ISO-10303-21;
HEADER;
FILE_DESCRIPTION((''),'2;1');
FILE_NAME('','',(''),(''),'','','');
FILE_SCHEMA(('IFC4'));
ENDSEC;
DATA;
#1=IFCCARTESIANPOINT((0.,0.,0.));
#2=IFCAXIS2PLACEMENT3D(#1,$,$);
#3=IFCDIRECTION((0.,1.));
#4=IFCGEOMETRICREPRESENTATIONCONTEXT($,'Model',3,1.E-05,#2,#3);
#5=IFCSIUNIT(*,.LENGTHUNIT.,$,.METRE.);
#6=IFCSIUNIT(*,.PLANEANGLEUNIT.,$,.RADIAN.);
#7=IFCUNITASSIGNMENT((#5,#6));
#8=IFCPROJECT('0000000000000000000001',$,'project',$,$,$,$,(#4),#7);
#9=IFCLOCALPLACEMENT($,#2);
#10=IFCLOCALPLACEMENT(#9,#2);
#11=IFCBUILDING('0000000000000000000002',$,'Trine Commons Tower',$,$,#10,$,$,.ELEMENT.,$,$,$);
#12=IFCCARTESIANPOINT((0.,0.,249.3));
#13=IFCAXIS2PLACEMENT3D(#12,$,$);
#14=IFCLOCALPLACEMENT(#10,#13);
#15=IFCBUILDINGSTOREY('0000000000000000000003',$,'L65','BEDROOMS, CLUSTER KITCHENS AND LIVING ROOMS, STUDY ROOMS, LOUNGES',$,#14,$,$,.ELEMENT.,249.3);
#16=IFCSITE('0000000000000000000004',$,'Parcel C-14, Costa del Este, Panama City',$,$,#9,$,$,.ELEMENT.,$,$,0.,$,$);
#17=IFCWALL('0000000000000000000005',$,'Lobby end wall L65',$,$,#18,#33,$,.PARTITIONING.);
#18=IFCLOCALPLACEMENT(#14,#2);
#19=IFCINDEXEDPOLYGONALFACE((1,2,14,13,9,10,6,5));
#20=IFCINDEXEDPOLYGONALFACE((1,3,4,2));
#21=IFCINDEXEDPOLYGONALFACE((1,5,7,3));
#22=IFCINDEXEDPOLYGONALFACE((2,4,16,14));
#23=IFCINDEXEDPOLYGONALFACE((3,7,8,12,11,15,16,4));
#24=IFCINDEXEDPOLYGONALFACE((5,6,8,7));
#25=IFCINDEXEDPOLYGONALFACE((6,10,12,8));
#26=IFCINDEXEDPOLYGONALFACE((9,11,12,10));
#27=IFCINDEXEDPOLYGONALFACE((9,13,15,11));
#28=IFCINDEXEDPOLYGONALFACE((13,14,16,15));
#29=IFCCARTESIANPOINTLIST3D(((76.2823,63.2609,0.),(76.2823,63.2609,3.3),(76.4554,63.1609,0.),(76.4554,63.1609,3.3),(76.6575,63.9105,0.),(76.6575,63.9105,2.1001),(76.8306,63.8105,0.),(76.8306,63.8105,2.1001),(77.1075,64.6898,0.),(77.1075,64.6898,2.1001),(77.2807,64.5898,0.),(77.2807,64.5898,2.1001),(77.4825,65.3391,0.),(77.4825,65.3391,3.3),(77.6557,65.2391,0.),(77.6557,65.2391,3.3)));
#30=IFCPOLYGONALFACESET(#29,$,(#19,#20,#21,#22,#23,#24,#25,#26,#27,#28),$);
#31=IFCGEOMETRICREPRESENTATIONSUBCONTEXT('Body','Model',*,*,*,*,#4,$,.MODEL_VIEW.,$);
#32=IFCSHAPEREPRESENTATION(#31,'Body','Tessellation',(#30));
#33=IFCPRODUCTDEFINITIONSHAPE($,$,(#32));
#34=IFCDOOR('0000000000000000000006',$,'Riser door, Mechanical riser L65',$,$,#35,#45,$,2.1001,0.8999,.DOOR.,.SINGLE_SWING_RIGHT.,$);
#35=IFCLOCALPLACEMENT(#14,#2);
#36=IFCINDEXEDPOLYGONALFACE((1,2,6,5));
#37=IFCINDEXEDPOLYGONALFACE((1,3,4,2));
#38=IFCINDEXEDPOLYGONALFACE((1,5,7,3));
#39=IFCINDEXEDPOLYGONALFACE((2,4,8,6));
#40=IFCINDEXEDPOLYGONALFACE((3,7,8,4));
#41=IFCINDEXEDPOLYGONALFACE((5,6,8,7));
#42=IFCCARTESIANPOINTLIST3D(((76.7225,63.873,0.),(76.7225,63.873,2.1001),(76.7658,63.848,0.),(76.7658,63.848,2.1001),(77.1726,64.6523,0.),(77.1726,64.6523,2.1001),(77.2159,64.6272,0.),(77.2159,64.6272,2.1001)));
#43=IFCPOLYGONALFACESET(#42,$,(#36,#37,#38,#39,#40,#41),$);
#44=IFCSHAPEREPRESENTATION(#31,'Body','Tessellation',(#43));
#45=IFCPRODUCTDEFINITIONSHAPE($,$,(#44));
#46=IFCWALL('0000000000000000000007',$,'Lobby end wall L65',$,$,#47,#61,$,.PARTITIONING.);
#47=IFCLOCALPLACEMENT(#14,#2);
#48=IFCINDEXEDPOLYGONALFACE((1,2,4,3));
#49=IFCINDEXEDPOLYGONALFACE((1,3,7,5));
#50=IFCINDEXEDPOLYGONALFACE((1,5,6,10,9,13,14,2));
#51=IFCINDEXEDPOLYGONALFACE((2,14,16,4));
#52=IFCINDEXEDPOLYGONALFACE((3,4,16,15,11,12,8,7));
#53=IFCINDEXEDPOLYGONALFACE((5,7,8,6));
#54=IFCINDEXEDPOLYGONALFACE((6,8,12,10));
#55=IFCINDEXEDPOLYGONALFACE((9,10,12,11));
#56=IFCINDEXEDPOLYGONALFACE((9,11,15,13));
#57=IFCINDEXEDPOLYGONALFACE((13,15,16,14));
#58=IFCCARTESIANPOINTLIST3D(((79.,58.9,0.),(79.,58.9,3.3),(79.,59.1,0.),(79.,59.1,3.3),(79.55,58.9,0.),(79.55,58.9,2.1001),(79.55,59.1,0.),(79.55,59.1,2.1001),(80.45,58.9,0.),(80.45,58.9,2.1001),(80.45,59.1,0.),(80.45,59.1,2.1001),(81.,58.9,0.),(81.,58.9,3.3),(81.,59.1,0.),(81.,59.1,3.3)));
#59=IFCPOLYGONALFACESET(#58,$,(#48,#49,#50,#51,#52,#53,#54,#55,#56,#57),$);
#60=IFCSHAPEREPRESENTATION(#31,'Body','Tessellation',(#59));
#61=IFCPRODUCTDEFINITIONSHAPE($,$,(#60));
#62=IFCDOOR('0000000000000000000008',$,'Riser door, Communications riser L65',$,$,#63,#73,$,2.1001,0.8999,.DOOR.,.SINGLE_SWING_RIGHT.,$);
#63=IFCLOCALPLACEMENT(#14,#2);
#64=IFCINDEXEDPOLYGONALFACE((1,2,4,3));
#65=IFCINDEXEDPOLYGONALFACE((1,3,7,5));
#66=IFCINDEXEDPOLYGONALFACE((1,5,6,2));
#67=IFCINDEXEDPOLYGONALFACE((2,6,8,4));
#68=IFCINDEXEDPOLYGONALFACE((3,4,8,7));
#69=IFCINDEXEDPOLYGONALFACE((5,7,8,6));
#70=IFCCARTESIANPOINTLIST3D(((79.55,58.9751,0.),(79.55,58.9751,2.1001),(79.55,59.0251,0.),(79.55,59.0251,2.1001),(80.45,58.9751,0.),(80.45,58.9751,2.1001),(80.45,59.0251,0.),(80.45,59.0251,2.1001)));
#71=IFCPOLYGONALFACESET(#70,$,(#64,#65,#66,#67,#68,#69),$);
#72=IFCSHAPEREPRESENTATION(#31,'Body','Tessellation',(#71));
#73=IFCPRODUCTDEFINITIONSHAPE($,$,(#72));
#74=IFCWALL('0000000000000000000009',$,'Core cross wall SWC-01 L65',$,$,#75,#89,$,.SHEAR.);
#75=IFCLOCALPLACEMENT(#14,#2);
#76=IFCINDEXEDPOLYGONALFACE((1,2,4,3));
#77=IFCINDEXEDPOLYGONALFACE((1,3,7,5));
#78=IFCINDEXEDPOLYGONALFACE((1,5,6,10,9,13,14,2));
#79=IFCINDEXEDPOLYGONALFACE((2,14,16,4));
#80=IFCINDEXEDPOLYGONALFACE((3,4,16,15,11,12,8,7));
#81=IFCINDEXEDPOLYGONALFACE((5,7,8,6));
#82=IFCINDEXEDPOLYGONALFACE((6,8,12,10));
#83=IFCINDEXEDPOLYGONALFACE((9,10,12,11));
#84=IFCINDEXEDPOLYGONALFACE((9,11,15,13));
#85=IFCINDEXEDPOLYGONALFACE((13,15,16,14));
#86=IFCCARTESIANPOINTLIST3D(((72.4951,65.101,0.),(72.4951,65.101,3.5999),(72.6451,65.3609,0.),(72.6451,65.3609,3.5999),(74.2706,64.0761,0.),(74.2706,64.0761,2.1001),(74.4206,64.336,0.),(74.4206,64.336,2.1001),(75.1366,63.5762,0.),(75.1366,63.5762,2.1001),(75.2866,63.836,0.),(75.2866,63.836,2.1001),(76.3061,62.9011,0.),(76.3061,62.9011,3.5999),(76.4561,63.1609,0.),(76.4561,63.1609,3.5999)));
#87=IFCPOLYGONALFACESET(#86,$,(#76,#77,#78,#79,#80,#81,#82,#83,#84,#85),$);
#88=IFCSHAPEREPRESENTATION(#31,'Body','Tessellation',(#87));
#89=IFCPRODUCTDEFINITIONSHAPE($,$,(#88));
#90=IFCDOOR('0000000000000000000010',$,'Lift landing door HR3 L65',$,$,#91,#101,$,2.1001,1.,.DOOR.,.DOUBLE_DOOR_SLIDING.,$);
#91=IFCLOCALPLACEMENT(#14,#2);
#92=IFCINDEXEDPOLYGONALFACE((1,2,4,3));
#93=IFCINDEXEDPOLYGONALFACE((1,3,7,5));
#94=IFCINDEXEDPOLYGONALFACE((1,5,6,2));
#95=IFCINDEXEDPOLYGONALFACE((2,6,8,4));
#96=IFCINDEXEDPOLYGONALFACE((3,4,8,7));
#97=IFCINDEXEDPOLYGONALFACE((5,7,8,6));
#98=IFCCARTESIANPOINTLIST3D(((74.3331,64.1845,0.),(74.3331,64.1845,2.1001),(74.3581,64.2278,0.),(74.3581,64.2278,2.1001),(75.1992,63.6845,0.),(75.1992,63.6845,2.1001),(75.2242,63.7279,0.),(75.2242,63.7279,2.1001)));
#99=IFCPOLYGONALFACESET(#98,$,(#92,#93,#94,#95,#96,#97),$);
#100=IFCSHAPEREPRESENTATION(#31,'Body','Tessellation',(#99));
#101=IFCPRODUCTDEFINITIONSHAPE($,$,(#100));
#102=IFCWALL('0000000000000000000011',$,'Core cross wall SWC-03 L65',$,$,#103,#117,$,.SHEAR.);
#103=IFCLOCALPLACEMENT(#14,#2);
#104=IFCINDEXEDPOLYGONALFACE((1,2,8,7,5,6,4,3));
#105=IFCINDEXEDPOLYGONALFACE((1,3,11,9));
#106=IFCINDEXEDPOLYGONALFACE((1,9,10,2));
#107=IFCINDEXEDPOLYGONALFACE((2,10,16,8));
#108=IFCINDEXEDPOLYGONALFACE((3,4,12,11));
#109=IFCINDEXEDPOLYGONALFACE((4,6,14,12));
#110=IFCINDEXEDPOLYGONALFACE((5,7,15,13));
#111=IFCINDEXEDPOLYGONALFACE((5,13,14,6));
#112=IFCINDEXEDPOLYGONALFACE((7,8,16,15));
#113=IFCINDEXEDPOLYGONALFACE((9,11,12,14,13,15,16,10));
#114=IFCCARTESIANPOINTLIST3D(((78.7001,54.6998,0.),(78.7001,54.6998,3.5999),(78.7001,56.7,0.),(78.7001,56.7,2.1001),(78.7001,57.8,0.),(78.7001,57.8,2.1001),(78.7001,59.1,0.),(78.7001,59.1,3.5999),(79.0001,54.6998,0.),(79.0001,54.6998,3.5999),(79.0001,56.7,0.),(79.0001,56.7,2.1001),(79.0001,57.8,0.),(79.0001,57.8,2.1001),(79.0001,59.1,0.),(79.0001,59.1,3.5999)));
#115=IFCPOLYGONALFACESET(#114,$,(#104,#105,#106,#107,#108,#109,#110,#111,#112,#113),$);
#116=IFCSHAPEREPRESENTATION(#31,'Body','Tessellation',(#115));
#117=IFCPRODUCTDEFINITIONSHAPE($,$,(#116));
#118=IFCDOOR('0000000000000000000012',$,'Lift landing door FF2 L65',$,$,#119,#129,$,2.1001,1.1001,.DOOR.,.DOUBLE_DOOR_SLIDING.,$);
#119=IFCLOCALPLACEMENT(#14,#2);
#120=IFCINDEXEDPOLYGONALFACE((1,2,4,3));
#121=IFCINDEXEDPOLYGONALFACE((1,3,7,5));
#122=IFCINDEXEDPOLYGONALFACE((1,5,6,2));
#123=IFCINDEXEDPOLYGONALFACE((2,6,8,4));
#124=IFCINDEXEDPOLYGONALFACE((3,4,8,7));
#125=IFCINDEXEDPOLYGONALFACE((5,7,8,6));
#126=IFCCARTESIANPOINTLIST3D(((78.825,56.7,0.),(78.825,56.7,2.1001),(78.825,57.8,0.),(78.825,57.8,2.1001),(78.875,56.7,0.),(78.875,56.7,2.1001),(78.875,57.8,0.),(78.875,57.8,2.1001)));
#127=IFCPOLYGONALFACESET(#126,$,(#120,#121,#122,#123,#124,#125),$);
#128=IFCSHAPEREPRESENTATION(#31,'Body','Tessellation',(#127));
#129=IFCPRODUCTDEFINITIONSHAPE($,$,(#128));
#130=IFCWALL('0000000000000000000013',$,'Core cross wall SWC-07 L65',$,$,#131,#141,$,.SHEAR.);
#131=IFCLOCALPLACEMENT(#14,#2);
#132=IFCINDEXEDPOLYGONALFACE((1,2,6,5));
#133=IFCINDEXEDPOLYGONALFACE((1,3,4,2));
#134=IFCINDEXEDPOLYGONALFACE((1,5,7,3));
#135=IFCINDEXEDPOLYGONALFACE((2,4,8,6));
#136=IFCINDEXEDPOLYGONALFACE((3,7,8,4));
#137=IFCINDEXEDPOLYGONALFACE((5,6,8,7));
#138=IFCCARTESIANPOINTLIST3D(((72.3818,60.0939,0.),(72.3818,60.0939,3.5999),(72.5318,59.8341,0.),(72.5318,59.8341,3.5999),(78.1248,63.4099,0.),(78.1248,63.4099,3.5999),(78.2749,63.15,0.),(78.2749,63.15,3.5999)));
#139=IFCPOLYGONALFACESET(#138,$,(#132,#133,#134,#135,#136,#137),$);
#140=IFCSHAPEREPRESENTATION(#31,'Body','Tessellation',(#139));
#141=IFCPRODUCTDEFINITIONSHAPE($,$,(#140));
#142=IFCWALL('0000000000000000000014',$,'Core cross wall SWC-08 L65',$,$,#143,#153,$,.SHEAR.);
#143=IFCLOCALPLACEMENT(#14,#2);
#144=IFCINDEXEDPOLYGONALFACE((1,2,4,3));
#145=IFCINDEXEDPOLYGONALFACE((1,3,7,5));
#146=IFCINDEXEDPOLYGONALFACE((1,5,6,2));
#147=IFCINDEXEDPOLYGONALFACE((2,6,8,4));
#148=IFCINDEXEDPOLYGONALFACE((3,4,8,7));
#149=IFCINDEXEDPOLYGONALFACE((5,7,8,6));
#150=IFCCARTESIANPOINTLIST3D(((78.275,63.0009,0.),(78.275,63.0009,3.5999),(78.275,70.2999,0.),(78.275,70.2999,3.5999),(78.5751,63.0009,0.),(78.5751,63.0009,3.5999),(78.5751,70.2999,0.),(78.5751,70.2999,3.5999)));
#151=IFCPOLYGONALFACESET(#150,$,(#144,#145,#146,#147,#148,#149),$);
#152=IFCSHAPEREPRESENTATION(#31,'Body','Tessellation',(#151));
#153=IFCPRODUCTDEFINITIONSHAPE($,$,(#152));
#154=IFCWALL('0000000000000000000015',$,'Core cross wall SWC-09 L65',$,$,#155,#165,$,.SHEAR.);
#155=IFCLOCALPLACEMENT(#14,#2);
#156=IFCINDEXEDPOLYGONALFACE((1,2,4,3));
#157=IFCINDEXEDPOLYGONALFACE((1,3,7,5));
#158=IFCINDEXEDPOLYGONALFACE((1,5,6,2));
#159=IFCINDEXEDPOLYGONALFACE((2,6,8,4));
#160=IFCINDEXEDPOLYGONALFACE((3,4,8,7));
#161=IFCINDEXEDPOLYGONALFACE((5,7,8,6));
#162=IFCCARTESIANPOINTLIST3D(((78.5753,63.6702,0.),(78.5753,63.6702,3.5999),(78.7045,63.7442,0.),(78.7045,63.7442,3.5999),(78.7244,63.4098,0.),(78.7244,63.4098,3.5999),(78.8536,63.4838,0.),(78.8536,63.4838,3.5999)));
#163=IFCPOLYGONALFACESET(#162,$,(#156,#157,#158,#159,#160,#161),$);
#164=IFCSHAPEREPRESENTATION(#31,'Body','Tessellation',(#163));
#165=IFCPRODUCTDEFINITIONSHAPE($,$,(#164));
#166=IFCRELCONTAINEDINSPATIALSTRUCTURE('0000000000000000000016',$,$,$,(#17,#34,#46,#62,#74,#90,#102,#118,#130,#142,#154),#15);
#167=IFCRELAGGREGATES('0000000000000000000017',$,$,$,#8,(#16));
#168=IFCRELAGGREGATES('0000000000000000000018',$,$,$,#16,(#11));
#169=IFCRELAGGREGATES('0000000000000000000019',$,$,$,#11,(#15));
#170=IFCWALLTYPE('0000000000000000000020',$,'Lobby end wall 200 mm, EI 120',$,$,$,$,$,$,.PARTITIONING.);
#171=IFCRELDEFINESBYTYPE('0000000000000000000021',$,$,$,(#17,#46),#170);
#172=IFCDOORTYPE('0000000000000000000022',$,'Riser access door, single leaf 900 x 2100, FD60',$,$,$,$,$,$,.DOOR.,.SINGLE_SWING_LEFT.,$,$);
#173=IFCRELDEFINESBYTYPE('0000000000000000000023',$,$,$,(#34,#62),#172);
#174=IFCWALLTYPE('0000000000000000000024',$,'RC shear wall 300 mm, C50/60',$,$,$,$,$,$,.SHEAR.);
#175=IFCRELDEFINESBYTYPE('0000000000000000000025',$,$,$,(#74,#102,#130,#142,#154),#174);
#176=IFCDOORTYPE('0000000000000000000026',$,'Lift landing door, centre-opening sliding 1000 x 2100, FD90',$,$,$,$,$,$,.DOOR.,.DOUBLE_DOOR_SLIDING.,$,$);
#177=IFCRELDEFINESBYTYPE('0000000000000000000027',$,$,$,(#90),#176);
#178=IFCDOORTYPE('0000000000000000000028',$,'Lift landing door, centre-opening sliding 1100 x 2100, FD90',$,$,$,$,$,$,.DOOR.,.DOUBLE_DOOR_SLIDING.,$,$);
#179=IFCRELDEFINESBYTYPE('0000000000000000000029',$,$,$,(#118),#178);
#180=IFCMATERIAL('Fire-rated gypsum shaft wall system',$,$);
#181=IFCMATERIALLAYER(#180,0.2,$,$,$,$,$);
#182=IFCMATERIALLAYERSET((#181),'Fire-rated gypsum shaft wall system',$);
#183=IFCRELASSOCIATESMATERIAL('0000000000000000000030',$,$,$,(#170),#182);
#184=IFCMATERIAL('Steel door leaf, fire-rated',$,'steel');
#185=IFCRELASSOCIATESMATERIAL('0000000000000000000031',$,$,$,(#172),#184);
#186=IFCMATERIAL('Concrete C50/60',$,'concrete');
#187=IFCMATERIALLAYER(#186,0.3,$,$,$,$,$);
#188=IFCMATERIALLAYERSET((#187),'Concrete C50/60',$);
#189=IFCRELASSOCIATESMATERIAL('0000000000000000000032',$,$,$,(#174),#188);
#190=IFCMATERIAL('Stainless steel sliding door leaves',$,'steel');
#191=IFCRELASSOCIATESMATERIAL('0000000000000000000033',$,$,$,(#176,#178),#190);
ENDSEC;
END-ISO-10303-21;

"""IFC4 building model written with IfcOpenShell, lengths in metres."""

from ifc_helpers import new_model, si_unit, direction, frame, frame_2d, origin, place, context, subcontext, project, spatial, rectangle, extrude, material, layer, layer_set, type_object, element, fill, save


model = new_model("IFC4")

# Units and contexts
model_context = context("Model", 3, precision=1e-05, world=origin(), true_north=direction((0.0, 1.0)))
body_context = subcontext(model_context, "Body", "Model", "MODEL_VIEW")
ifc_project = project(units=[si_unit("LENGTHUNIT", "METRE"), si_unit("PLANEANGLEUNIT", "RADIAN")], contexts=[model_context])

# Site, building, storey
site_placement = place(None, origin())
site = spatial("IfcSite", under=ifc_project, at=site_placement, Name="Parcel C-14, Costa del Este, Panama City", CompositionType="ELEMENT", RefElevation=0.0)
building_placement = place(site_placement, origin())
building = spatial("IfcBuilding", under=site, at=building_placement, Name="Trine Commons Tower", CompositionType="ELEMENT")
storey_placement = place(building_placement, frame((0.0, 0.0, 249.3)))
storey = spatial("IfcBuildingStorey", under=building, at=storey_placement, Name="L65", Description="BEDROOMS, CLUSTER KITCHENS AND LIVING ROOMS, STUDY ROOMS, LOUNGES", CompositionType="ELEMENT", Elevation=249.3)

# Walls, openings, doors
ifc_material_1 = material(Name="Fire-rated gypsum shaft wall system")
ifc_layer_1 = layer(ifc_material_1, 0.2)
ifc_layer_set_1 = layer_set([ifc_layer_1], Name="Fire-rated gypsum shaft wall system")
wall_type_1 = type_object("IfcWallType", Name="Lobby end wall 200 mm, EI 120", PredefinedType="PARTITIONING", material=ifc_layer_set_1)
wall_1_placement = place(storey_placement, frame((77.5691, 65.2891, 0.0), z_axis=(0.0, 0.0, 1.0), x_axis=(-0.500122, -0.865955, 0.0)))
wall_1 = element("IfcWall", 1, at=wall_1_placement, inside=storey, type_object=wall_type_1, Name="Lobby end wall L65", PredefinedType="PARTITIONING", context=body_context, shape_type="SweptSolid", body=[
    extrude(rectangle(XDim=2.3999, YDim=0.2, at=frame_2d((1.2, 0.0))), origin(), (0.0, 0.0, 1.0), 3.3),
])
opening_1_placement = place(wall_1_placement, frame((0.7498, 0.0, 0.0)))
opening_1 = element("IfcOpeningElement", 2, at=opening_1_placement, cuts=wall_1, PredefinedType="OPENING", context=body_context, shape_type="SweptSolid", body=[
    extrude(rectangle(XDim=0.8999, YDim=2.1001, at=frame_2d((0.45, 1.05))), frame((0.0, 0.1099, 0.0), z_axis=(0.0, -1.0, 0.0), x_axis=(1.0, 0.0, 0.0)), (0.0, 0.0, 1.0), 0.22),
])
ifc_material_2 = material(Name="Steel door leaf, fire-rated", Category="steel")
door_type_1 = type_object("IfcDoorType", Name="Riser access door, single leaf 900 x 2100, FD60", OperationType="SINGLE_SWING_LEFT", PredefinedType="DOOR", material=ifc_material_2)
door_1_placement = place(opening_1_placement, frame((0.8999, 0.0, 0.0), z_axis=(0.0, 0.0, 1.0), x_axis=(-1.0, 0.0, 0.0)))
door_1 = element("IfcDoor", 3, at=door_1_placement, inside=storey, type_object=door_type_1, Name="Riser door, Mechanical riser L65", OperationType="SINGLE_SWING_RIGHT", OverallHeight=2.1001, OverallWidth=0.8999, PredefinedType="DOOR", context=body_context, shape_type="SweptSolid", body=[
    extrude(rectangle(XDim=0.8999, YDim=2.1001, at=frame_2d((0.45, 1.05))), frame((0.0, 0.0249, 0.0), z_axis=(0.0, -1.0, 0.0), x_axis=(1.0, 0.0, 0.0)), (0.0, 0.0, 1.0), 0.05),
])
fill(opening_1, door_1)
wall_2_placement = place(storey_placement, frame((79.0, 59.0, 0.0), z_axis=(0.0, 0.0, 1.0), x_axis=(1.0, 0.0, 0.0)))
wall_2 = element("IfcWall", 4, at=wall_2_placement, inside=storey, type_object=wall_type_1, Name="Lobby end wall L65", PredefinedType="PARTITIONING", context=body_context, shape_type="SweptSolid", body=[
    extrude(rectangle(XDim=2.0, YDim=0.2, at=frame_2d((1.0, 0.0))), origin(), (0.0, 0.0, 1.0), 3.3),
])
opening_2_placement = place(wall_2_placement, frame((0.55, 0.0, 0.0)))
opening_2 = element("IfcOpeningElement", 5, at=opening_2_placement, cuts=wall_2, PredefinedType="OPENING", context=body_context, shape_type="SweptSolid", body=[
    extrude(rectangle(XDim=0.8999, YDim=2.1001, at=frame_2d((0.45, 1.05))), frame((0.0, 0.1099, 0.0), z_axis=(0.0, -1.0, 0.0), x_axis=(1.0, 0.0, 0.0)), (0.0, 0.0, 1.0), 0.22),
])
door_2_placement = place(opening_2_placement, frame((0.8999, 0.0, 0.0), z_axis=(0.0, 0.0, 1.0), x_axis=(-1.0, 0.0, 0.0)))
door_2 = element("IfcDoor", 6, at=door_2_placement, inside=storey, type_object=door_type_1, Name="Riser door, Communications riser L65", OperationType="SINGLE_SWING_RIGHT", OverallHeight=2.1001, OverallWidth=0.8999, PredefinedType="DOOR", context=body_context, shape_type="SweptSolid", body=[
    extrude(rectangle(XDim=0.8999, YDim=2.1001, at=frame_2d((0.45, 1.05))), frame((0.0, 0.0249, 0.0), z_axis=(0.0, -1.0, 0.0), x_axis=(1.0, 0.0, 0.0)), (0.0, 0.0, 1.0), 0.05),
])
fill(opening_2, door_2)
ifc_material_3 = material(Name="Concrete C50/60", Category="concrete")
ifc_layer_2 = layer(ifc_material_3, 0.3)
ifc_layer_set_2 = layer_set([ifc_layer_2], Name="Concrete C50/60")
wall_type_2 = type_object("IfcWallType", Name="RC shear wall 300 mm, C50/60", PredefinedType="SHEAR", material=ifc_layer_set_2)
wall_3_placement = place(storey_placement, frame((76.3811, 63.031, 0.0), z_axis=(0.0, 0.0, 1.0), x_axis=(-0.86606, 0.49994, 0.0)))
wall_3 = element("IfcWall", 7, at=wall_3_placement, inside=storey, type_object=wall_type_2, Name="Core cross wall SWC-01 L65", PredefinedType="SHEAR", context=body_context, shape_type="SweptSolid", body=[
    extrude(rectangle(XDim=4.4004, YDim=0.3, at=frame_2d((2.2002, 0.0))), origin(), (0.0, 0.0, 1.0), 3.5999),
])
opening_3_placement = place(wall_3_placement, frame((1.3503, 0.0, 0.0)))
opening_3 = element("IfcOpeningElement", 8, at=opening_3_placement, cuts=wall_3, PredefinedType="OPENING", context=body_context, shape_type="SweptSolid", body=[
    extrude(rectangle(XDim=1.0, YDim=2.1001, at=frame_2d((0.5, 1.05))), frame((0.0, 0.1599, 0.0), z_axis=(0.0, -1.0, 0.0), x_axis=(1.0, 0.0, 0.0)), (0.0, 0.0, 1.0), 0.3201),
])
ifc_material_4 = material(Name="Stainless steel sliding door leaves", Category="steel")
door_type_2 = type_object("IfcDoorType", Name="Lift landing door, centre-opening sliding 1000 x 2100, FD90", OperationType="DOUBLE_DOOR_SLIDING", PredefinedType="DOOR", material=ifc_material_4)
door_3_placement = place(opening_3_placement, origin())
door_3 = element("IfcDoor", 9, at=door_3_placement, inside=storey, type_object=door_type_2, Name="Lift landing door HR3 L65", OperationType="DOUBLE_DOOR_SLIDING", OverallHeight=2.1001, OverallWidth=1.0, PredefinedType="DOOR", context=body_context, shape_type="SweptSolid", body=[
    extrude(rectangle(XDim=1.0, YDim=2.1001, at=frame_2d((0.5, 1.05))), frame((0.0, 0.0249, 0.0), z_axis=(0.0, -1.0, 0.0), x_axis=(1.0, 0.0, 0.0)), (0.0, 0.0, 1.0), 0.05),
])
fill(opening_3, door_3)
wall_4_placement = place(storey_placement, frame((78.8501, 59.1001, 0.0), z_axis=(0.0, 0.0, 1.0), x_axis=(0.0, -1.0, 0.0)))
wall_4 = element("IfcWall", 10, at=wall_4_placement, inside=storey, type_object=wall_type_2, Name="Core cross wall SWC-03 L65", PredefinedType="SHEAR", context=body_context, shape_type="SweptSolid", body=[
    extrude(rectangle(XDim=4.4001, YDim=0.3, at=frame_2d((2.2002, 0.0))), origin(), (0.0, 0.0, 1.0), 3.5999),
])
opening_4_placement = place(wall_4_placement, frame((1.3, 0.0, 0.0)))
opening_4 = element("IfcOpeningElement", 11, at=opening_4_placement, cuts=wall_4, PredefinedType="OPENING", context=body_context, shape_type="SweptSolid", body=[
    extrude(rectangle(XDim=1.1001, YDim=2.1001, at=frame_2d((0.55, 1.05))), frame((0.0, 0.1599, 0.0), z_axis=(0.0, -1.0, 0.0), x_axis=(1.0, 0.0, 0.0)), (0.0, 0.0, 1.0), 0.3201),
])
door_type_3 = type_object("IfcDoorType", Name="Lift landing door, centre-opening sliding 1100 x 2100, FD90", OperationType="DOUBLE_DOOR_SLIDING", PredefinedType="DOOR", material=ifc_material_4)
door_4_placement = place(opening_4_placement, origin())
door_4 = element("IfcDoor", 12, at=door_4_placement, inside=storey, type_object=door_type_3, Name="Lift landing door FF2 L65", OperationType="DOUBLE_DOOR_SLIDING", OverallHeight=2.1001, OverallWidth=1.1001, PredefinedType="DOOR", context=body_context, shape_type="SweptSolid", body=[
    extrude(rectangle(XDim=1.1001, YDim=2.1001, at=frame_2d((0.55, 1.05))), frame((0.0, 0.0249, 0.0), z_axis=(0.0, -1.0, 0.0), x_axis=(1.0, 0.0, 0.0)), (0.0, 0.0, 1.0), 0.05),
])
fill(opening_4, door_4)

# Walls
wall_5_placement = place(storey_placement, frame((78.2, 63.28, 0.0), z_axis=(0.0, 0.0, 1.0), x_axis=(-0.86601, -0.500027, 0.0)))
element("IfcWall", 13, at=wall_5_placement, inside=storey, type_object=wall_type_2, Name="Core cross wall SWC-07 L65", PredefinedType="SHEAR", context=body_context, shape_type="SweptSolid", body=[
    extrude(rectangle(XDim=6.6316, YDim=0.3, at=frame_2d((3.3159, 0.0))), origin(), (0.0, 0.0, 1.0), 3.5999),
])
wall_6_placement = place(storey_placement, frame((78.425, 63.001, 0.0), z_axis=(0.0, 0.0, 1.0), x_axis=(0.0, 1.0, 0.0)))
element("IfcWall", 14, at=wall_6_placement, inside=storey, type_object=wall_type_2, Name="Core cross wall SWC-08 L65", PredefinedType="SHEAR", context=body_context, shape_type="SweptSolid", body=[
    extrude(rectangle(XDim=7.2991, YDim=0.3, at=frame_2d((3.6494, 0.0))), origin(), (0.0, 0.0, 1.0), 3.5999),
])
wall_7_placement = place(storey_placement, frame((78.7791, 63.614, 0.0), z_axis=(0.0, 0.0, 1.0), x_axis=(-0.867738, -0.497022, 0.0)))
element("IfcWall", 15, at=wall_7_placement, inside=storey, type_object=wall_type_2, Name="Core cross wall SWC-09 L65", PredefinedType="SHEAR", context=body_context, shape_type="SweptSolid", body=[
    extrude(rectangle(XDim=0.1489, YDim=0.3, at=frame_2d((0.0745, 0.0))), origin(), (0.0, 0.0, 1.0), 3.5999),
])

save(model, "model.ifc")
